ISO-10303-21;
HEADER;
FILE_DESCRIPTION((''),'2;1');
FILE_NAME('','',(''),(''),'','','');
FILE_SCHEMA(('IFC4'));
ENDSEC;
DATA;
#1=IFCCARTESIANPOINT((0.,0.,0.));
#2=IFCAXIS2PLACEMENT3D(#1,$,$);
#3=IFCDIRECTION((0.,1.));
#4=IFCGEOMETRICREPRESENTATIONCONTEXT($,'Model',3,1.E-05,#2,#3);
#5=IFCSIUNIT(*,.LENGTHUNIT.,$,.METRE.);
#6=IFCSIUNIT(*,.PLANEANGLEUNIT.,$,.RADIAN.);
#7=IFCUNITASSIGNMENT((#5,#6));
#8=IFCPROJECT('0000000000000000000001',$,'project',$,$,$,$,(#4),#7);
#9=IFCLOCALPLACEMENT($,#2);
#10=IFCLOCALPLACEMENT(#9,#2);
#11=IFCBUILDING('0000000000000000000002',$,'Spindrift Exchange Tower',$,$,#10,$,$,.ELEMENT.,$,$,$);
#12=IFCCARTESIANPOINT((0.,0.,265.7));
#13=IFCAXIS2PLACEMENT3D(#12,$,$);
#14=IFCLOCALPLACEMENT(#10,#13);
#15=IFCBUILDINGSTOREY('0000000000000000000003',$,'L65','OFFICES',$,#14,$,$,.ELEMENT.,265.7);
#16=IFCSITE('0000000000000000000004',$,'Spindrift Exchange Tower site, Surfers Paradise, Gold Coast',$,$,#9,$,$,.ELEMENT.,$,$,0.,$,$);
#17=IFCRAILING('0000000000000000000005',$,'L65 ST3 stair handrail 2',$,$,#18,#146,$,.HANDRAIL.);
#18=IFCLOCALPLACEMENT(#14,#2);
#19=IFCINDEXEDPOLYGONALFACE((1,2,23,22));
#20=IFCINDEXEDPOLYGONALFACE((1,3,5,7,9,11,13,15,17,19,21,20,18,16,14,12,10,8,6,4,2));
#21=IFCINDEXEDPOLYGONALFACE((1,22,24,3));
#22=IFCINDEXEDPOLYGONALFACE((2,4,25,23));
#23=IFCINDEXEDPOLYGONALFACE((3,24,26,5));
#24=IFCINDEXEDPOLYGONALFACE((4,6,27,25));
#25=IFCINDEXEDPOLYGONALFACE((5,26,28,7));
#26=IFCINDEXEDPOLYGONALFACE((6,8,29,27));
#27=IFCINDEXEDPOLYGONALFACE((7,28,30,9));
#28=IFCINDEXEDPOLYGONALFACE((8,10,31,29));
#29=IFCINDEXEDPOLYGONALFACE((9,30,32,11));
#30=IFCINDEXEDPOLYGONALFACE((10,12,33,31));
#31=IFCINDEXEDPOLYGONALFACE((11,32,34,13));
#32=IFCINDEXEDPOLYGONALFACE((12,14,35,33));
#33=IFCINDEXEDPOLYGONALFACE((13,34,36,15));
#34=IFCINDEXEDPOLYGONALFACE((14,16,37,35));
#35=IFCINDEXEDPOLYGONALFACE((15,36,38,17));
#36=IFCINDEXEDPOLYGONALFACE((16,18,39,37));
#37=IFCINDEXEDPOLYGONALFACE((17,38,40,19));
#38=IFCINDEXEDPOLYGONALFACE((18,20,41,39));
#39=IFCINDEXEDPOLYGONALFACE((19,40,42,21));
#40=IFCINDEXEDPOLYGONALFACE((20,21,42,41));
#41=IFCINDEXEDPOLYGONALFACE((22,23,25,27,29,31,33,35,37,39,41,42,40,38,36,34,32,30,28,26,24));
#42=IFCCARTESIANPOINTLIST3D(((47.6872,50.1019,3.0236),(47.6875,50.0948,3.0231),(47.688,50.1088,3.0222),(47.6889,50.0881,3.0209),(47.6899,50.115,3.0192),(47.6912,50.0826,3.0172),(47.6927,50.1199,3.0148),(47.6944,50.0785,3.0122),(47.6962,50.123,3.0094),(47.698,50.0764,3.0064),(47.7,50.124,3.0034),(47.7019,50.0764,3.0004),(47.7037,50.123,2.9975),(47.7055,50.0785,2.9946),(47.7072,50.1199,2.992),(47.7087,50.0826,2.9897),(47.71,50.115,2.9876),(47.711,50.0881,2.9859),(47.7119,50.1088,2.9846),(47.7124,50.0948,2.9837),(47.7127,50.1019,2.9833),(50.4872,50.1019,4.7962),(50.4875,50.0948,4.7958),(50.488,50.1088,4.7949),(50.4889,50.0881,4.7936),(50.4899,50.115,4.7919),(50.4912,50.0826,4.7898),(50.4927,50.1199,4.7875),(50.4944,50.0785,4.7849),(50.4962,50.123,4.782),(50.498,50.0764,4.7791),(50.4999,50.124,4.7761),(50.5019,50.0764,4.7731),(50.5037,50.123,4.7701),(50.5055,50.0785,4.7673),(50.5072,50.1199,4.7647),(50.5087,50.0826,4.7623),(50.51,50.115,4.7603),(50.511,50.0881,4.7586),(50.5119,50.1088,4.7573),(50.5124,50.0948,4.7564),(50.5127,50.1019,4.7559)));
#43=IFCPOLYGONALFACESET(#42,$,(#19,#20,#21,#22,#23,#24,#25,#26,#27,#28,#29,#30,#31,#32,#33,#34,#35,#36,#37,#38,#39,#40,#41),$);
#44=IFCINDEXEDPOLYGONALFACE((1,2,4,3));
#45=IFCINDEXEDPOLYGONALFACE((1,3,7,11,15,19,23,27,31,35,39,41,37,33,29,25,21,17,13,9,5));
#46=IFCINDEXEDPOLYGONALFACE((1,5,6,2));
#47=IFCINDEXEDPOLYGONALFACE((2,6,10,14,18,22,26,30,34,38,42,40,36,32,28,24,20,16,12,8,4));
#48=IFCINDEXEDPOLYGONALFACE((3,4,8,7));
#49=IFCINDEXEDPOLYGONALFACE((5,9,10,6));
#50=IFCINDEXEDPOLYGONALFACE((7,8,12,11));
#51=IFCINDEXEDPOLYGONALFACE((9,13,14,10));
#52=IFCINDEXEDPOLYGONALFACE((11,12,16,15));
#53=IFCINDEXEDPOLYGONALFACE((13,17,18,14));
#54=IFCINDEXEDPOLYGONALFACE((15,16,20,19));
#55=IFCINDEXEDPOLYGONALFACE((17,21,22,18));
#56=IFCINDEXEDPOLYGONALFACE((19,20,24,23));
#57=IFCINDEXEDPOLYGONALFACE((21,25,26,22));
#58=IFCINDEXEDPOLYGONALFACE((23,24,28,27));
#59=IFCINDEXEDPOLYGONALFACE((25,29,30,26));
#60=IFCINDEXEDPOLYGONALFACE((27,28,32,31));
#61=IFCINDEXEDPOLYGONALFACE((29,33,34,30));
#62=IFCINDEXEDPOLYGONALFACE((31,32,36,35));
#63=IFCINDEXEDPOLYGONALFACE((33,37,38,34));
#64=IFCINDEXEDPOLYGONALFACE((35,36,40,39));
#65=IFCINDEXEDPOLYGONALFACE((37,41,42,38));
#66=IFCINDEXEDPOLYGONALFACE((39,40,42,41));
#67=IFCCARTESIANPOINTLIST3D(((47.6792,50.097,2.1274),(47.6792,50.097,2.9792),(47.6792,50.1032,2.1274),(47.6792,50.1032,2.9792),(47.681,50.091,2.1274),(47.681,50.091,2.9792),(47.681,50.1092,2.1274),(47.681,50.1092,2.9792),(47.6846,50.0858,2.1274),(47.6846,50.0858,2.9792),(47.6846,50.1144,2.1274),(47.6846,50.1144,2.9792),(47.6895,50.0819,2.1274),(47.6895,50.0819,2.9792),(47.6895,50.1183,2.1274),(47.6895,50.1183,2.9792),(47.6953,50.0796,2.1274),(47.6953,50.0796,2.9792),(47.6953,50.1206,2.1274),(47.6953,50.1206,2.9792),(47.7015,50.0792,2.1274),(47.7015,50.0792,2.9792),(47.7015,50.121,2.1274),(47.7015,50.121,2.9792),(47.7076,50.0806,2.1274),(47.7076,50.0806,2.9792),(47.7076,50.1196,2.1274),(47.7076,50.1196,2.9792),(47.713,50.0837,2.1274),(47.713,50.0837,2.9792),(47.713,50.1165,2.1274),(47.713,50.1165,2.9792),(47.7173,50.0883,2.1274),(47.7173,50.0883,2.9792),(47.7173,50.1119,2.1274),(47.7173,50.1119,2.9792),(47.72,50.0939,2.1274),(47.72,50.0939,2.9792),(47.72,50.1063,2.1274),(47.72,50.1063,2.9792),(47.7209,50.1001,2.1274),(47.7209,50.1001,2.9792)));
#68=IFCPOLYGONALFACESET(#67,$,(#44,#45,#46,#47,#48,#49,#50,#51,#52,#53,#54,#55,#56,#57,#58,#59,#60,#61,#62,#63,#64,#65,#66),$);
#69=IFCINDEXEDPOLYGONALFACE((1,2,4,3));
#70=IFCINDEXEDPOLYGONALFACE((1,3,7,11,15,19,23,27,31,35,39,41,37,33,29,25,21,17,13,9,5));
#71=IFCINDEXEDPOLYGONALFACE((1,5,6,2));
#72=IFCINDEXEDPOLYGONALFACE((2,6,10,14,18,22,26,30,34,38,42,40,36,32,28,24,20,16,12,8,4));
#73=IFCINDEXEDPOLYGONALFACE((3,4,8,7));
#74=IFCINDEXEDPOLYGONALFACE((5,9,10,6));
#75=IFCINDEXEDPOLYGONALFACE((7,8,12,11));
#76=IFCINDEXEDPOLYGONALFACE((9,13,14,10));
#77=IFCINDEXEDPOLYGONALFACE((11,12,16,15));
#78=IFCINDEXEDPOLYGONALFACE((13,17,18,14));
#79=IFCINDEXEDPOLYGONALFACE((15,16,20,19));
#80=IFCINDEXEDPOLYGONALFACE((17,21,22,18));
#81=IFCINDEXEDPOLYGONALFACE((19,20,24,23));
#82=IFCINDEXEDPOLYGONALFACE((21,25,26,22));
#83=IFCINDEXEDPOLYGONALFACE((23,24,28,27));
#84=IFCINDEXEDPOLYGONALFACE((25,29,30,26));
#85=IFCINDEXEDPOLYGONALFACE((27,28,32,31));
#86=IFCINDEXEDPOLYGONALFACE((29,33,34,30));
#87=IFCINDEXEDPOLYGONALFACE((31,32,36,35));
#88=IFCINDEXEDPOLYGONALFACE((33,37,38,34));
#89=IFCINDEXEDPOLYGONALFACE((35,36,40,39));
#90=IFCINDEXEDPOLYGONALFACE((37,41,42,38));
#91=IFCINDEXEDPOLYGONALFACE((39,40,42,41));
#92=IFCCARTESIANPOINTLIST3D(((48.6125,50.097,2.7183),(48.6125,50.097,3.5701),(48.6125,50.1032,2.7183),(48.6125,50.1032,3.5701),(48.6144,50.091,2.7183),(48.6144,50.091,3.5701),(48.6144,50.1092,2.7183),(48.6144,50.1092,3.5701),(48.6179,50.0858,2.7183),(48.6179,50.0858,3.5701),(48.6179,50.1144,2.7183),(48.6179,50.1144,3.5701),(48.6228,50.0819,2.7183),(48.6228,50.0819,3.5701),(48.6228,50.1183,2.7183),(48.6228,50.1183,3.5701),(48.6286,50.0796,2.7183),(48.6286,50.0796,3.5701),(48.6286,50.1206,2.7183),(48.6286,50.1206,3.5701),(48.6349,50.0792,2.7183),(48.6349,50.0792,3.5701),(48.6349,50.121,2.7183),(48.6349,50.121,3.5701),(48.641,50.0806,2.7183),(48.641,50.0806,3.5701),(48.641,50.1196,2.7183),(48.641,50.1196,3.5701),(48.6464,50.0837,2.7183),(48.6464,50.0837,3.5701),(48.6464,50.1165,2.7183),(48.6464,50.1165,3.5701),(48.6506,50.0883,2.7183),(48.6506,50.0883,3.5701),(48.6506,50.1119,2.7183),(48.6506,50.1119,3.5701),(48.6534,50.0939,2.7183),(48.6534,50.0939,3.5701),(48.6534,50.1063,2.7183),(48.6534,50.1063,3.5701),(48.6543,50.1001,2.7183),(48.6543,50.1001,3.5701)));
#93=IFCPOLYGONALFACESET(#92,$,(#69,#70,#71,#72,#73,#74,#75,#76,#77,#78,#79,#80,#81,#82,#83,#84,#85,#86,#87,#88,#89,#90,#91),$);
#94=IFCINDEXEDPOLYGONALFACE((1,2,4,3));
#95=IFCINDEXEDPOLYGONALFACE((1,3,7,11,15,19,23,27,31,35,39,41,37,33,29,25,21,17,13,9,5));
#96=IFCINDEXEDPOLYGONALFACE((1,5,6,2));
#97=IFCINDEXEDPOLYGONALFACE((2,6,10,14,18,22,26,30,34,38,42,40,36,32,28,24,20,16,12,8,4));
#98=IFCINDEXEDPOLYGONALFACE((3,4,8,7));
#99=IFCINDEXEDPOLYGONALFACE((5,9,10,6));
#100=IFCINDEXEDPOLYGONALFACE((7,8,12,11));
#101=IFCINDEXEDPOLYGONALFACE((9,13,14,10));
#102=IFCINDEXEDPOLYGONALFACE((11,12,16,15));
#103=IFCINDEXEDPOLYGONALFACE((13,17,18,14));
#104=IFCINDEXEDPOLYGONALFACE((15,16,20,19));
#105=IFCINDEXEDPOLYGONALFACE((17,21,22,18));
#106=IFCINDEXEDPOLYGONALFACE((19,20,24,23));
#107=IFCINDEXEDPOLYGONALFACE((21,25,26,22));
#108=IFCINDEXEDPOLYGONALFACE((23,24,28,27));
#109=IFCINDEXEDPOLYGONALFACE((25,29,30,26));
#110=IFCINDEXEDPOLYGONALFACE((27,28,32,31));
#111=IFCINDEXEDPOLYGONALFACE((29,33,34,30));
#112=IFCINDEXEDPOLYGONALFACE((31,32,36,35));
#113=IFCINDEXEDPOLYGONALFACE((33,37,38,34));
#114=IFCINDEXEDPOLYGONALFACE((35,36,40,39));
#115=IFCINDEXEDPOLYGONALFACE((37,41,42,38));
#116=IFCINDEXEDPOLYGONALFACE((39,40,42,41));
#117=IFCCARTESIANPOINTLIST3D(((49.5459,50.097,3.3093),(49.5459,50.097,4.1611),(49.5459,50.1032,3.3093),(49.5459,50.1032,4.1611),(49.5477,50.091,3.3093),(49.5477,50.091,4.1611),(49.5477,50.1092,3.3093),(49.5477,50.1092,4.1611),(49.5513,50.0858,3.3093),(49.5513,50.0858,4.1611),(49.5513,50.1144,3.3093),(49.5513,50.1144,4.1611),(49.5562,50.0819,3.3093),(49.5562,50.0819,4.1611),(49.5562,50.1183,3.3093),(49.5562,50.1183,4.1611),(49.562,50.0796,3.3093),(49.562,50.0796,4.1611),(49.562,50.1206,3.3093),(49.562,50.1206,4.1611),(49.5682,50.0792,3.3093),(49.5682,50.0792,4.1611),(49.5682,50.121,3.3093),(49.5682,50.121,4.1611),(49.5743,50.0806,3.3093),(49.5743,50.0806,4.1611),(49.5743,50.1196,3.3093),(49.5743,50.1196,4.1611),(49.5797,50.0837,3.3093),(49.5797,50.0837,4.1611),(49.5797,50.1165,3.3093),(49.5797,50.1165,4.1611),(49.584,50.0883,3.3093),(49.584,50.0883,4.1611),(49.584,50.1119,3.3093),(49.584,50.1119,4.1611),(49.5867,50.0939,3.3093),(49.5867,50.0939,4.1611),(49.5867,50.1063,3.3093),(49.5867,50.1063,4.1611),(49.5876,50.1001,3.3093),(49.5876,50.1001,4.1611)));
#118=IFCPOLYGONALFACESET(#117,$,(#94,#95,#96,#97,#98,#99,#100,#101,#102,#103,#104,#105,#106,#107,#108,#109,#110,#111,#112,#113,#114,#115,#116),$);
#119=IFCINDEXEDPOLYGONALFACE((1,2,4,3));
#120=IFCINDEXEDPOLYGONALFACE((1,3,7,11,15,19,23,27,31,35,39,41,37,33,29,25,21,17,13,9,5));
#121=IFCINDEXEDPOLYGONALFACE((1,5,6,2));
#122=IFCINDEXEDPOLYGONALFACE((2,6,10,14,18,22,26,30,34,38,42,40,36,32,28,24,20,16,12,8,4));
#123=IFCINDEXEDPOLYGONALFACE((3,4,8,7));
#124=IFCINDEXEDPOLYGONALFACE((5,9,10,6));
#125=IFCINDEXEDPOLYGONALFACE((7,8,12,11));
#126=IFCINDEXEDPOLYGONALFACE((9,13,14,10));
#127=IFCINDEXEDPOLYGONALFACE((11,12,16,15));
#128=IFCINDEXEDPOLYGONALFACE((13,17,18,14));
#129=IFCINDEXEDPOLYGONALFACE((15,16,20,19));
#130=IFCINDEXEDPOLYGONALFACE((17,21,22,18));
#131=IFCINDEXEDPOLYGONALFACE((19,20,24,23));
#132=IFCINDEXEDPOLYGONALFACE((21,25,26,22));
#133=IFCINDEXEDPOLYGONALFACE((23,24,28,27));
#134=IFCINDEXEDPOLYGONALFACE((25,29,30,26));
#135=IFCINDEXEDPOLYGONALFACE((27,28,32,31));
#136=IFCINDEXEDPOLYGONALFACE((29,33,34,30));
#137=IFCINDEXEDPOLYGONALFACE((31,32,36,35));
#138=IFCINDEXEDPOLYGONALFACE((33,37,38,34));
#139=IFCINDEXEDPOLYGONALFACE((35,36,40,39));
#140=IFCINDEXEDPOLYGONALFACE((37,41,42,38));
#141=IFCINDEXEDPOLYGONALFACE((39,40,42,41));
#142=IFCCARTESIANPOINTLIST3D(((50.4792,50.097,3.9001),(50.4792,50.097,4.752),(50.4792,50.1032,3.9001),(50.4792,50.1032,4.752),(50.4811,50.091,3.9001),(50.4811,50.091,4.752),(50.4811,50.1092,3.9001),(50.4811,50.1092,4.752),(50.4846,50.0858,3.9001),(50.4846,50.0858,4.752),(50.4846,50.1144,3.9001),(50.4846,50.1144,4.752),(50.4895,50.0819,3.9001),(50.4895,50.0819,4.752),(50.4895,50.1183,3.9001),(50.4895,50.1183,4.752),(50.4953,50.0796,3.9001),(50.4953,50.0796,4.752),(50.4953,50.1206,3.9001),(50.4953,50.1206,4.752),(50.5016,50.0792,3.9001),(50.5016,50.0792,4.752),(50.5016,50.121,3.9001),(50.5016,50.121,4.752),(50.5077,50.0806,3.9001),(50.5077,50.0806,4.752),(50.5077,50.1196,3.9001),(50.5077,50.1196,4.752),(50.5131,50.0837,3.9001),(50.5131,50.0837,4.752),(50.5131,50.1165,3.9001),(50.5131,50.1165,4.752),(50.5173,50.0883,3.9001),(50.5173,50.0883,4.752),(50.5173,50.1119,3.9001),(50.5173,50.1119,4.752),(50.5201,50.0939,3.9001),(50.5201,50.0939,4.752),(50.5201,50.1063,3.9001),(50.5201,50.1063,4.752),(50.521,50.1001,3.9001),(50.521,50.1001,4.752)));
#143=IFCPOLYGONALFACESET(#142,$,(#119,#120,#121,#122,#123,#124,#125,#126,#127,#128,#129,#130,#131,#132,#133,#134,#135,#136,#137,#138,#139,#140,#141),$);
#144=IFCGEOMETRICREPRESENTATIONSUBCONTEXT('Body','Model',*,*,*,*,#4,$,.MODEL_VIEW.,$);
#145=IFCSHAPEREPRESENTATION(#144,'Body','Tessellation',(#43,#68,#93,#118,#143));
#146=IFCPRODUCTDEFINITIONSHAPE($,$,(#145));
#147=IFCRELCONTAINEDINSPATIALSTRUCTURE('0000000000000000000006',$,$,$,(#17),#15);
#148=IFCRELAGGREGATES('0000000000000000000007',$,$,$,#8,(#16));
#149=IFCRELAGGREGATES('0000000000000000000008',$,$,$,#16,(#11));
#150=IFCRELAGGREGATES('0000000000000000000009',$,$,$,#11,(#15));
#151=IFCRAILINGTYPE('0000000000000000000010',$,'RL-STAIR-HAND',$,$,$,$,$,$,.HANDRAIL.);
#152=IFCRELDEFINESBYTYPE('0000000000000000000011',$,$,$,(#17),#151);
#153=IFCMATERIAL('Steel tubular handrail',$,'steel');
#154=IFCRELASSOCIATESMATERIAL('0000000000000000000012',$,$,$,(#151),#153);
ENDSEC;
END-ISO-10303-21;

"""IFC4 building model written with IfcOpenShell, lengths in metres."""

from ifc_helpers import new_model, si_unit, direction, frame, origin, origin_2d, place, context, subcontext, project, spatial, circle, extrude, material, type_object, element, save


model = new_model("IFC4")

# Units and contexts
model_context = context("Model", 3, precision=1e-05, world=origin(), true_north=direction((0.0, 1.0)))
body_context = subcontext(model_context, "Body", "Model", "MODEL_VIEW")
ifc_project = project(units=[si_unit("LENGTHUNIT", "METRE"), si_unit("PLANEANGLEUNIT", "RADIAN")], contexts=[model_context])

# Site, building, storey
site_placement = place(None, origin())
site = spatial("IfcSite", under=ifc_project, at=site_placement, Name="Spindrift Exchange Tower site, Surfers Paradise, Gold Coast", CompositionType="ELEMENT", RefElevation=0.0)
building_placement = place(site_placement, origin())
building = spatial("IfcBuilding", under=site, at=building_placement, Name="Spindrift Exchange Tower", CompositionType="ELEMENT")
storey_placement = place(building_placement, frame((0.0, 0.0, 265.7)))
storey = spatial("IfcBuildingStorey", under=building, at=storey_placement, Name="L65", Description="OFFICES", CompositionType="ELEMENT", Elevation=265.7)

# Railing
ifc_material_1 = material(Name="Steel tubular handrail", Category="steel")
railing_type_1 = type_object("IfcRailingType", Name="RL-STAIR-HAND", PredefinedType="HANDRAIL", material=ifc_material_1)
railing_1_placement = place(storey_placement, frame((47.7, 50.1001, 2.1274)))
element("IfcRailing", 1, at=railing_1_placement, inside=storey, type_object=railing_type_1, Name="L65 ST3 stair handrail 2", PredefinedType="HANDRAIL", context=body_context, shape_type="SweptSolid", body=[
    extrude(circle(Radius=0.0239, at=origin_2d()), frame((0.0, 0.0, 0.876), z_axis=(0.844909, 0.0, 0.53491), x_axis=(0.0, 1.0, 0.0)), (0.0, 0.0, 1.0), 3.314),
    extrude(circle(Radius=0.021, at=origin_2d()), origin(), (0.0, 0.0, 1.0), 0.8518),
    extrude(circle(Radius=0.021, at=origin_2d()), frame((0.9333, 0.0, 0.5908)), (0.0, 0.0, 1.0), 0.8518),
    extrude(circle(Radius=0.021, at=origin_2d()), frame((1.8667, 0.0, 1.1819)), (0.0, 0.0, 1.0), 0.8518),
    extrude(circle(Radius=0.021, at=origin_2d()), frame((2.8, 0.0, 1.7727)), (0.0, 0.0, 1.0), 0.8518),
])

save(model, "model.ifc")
